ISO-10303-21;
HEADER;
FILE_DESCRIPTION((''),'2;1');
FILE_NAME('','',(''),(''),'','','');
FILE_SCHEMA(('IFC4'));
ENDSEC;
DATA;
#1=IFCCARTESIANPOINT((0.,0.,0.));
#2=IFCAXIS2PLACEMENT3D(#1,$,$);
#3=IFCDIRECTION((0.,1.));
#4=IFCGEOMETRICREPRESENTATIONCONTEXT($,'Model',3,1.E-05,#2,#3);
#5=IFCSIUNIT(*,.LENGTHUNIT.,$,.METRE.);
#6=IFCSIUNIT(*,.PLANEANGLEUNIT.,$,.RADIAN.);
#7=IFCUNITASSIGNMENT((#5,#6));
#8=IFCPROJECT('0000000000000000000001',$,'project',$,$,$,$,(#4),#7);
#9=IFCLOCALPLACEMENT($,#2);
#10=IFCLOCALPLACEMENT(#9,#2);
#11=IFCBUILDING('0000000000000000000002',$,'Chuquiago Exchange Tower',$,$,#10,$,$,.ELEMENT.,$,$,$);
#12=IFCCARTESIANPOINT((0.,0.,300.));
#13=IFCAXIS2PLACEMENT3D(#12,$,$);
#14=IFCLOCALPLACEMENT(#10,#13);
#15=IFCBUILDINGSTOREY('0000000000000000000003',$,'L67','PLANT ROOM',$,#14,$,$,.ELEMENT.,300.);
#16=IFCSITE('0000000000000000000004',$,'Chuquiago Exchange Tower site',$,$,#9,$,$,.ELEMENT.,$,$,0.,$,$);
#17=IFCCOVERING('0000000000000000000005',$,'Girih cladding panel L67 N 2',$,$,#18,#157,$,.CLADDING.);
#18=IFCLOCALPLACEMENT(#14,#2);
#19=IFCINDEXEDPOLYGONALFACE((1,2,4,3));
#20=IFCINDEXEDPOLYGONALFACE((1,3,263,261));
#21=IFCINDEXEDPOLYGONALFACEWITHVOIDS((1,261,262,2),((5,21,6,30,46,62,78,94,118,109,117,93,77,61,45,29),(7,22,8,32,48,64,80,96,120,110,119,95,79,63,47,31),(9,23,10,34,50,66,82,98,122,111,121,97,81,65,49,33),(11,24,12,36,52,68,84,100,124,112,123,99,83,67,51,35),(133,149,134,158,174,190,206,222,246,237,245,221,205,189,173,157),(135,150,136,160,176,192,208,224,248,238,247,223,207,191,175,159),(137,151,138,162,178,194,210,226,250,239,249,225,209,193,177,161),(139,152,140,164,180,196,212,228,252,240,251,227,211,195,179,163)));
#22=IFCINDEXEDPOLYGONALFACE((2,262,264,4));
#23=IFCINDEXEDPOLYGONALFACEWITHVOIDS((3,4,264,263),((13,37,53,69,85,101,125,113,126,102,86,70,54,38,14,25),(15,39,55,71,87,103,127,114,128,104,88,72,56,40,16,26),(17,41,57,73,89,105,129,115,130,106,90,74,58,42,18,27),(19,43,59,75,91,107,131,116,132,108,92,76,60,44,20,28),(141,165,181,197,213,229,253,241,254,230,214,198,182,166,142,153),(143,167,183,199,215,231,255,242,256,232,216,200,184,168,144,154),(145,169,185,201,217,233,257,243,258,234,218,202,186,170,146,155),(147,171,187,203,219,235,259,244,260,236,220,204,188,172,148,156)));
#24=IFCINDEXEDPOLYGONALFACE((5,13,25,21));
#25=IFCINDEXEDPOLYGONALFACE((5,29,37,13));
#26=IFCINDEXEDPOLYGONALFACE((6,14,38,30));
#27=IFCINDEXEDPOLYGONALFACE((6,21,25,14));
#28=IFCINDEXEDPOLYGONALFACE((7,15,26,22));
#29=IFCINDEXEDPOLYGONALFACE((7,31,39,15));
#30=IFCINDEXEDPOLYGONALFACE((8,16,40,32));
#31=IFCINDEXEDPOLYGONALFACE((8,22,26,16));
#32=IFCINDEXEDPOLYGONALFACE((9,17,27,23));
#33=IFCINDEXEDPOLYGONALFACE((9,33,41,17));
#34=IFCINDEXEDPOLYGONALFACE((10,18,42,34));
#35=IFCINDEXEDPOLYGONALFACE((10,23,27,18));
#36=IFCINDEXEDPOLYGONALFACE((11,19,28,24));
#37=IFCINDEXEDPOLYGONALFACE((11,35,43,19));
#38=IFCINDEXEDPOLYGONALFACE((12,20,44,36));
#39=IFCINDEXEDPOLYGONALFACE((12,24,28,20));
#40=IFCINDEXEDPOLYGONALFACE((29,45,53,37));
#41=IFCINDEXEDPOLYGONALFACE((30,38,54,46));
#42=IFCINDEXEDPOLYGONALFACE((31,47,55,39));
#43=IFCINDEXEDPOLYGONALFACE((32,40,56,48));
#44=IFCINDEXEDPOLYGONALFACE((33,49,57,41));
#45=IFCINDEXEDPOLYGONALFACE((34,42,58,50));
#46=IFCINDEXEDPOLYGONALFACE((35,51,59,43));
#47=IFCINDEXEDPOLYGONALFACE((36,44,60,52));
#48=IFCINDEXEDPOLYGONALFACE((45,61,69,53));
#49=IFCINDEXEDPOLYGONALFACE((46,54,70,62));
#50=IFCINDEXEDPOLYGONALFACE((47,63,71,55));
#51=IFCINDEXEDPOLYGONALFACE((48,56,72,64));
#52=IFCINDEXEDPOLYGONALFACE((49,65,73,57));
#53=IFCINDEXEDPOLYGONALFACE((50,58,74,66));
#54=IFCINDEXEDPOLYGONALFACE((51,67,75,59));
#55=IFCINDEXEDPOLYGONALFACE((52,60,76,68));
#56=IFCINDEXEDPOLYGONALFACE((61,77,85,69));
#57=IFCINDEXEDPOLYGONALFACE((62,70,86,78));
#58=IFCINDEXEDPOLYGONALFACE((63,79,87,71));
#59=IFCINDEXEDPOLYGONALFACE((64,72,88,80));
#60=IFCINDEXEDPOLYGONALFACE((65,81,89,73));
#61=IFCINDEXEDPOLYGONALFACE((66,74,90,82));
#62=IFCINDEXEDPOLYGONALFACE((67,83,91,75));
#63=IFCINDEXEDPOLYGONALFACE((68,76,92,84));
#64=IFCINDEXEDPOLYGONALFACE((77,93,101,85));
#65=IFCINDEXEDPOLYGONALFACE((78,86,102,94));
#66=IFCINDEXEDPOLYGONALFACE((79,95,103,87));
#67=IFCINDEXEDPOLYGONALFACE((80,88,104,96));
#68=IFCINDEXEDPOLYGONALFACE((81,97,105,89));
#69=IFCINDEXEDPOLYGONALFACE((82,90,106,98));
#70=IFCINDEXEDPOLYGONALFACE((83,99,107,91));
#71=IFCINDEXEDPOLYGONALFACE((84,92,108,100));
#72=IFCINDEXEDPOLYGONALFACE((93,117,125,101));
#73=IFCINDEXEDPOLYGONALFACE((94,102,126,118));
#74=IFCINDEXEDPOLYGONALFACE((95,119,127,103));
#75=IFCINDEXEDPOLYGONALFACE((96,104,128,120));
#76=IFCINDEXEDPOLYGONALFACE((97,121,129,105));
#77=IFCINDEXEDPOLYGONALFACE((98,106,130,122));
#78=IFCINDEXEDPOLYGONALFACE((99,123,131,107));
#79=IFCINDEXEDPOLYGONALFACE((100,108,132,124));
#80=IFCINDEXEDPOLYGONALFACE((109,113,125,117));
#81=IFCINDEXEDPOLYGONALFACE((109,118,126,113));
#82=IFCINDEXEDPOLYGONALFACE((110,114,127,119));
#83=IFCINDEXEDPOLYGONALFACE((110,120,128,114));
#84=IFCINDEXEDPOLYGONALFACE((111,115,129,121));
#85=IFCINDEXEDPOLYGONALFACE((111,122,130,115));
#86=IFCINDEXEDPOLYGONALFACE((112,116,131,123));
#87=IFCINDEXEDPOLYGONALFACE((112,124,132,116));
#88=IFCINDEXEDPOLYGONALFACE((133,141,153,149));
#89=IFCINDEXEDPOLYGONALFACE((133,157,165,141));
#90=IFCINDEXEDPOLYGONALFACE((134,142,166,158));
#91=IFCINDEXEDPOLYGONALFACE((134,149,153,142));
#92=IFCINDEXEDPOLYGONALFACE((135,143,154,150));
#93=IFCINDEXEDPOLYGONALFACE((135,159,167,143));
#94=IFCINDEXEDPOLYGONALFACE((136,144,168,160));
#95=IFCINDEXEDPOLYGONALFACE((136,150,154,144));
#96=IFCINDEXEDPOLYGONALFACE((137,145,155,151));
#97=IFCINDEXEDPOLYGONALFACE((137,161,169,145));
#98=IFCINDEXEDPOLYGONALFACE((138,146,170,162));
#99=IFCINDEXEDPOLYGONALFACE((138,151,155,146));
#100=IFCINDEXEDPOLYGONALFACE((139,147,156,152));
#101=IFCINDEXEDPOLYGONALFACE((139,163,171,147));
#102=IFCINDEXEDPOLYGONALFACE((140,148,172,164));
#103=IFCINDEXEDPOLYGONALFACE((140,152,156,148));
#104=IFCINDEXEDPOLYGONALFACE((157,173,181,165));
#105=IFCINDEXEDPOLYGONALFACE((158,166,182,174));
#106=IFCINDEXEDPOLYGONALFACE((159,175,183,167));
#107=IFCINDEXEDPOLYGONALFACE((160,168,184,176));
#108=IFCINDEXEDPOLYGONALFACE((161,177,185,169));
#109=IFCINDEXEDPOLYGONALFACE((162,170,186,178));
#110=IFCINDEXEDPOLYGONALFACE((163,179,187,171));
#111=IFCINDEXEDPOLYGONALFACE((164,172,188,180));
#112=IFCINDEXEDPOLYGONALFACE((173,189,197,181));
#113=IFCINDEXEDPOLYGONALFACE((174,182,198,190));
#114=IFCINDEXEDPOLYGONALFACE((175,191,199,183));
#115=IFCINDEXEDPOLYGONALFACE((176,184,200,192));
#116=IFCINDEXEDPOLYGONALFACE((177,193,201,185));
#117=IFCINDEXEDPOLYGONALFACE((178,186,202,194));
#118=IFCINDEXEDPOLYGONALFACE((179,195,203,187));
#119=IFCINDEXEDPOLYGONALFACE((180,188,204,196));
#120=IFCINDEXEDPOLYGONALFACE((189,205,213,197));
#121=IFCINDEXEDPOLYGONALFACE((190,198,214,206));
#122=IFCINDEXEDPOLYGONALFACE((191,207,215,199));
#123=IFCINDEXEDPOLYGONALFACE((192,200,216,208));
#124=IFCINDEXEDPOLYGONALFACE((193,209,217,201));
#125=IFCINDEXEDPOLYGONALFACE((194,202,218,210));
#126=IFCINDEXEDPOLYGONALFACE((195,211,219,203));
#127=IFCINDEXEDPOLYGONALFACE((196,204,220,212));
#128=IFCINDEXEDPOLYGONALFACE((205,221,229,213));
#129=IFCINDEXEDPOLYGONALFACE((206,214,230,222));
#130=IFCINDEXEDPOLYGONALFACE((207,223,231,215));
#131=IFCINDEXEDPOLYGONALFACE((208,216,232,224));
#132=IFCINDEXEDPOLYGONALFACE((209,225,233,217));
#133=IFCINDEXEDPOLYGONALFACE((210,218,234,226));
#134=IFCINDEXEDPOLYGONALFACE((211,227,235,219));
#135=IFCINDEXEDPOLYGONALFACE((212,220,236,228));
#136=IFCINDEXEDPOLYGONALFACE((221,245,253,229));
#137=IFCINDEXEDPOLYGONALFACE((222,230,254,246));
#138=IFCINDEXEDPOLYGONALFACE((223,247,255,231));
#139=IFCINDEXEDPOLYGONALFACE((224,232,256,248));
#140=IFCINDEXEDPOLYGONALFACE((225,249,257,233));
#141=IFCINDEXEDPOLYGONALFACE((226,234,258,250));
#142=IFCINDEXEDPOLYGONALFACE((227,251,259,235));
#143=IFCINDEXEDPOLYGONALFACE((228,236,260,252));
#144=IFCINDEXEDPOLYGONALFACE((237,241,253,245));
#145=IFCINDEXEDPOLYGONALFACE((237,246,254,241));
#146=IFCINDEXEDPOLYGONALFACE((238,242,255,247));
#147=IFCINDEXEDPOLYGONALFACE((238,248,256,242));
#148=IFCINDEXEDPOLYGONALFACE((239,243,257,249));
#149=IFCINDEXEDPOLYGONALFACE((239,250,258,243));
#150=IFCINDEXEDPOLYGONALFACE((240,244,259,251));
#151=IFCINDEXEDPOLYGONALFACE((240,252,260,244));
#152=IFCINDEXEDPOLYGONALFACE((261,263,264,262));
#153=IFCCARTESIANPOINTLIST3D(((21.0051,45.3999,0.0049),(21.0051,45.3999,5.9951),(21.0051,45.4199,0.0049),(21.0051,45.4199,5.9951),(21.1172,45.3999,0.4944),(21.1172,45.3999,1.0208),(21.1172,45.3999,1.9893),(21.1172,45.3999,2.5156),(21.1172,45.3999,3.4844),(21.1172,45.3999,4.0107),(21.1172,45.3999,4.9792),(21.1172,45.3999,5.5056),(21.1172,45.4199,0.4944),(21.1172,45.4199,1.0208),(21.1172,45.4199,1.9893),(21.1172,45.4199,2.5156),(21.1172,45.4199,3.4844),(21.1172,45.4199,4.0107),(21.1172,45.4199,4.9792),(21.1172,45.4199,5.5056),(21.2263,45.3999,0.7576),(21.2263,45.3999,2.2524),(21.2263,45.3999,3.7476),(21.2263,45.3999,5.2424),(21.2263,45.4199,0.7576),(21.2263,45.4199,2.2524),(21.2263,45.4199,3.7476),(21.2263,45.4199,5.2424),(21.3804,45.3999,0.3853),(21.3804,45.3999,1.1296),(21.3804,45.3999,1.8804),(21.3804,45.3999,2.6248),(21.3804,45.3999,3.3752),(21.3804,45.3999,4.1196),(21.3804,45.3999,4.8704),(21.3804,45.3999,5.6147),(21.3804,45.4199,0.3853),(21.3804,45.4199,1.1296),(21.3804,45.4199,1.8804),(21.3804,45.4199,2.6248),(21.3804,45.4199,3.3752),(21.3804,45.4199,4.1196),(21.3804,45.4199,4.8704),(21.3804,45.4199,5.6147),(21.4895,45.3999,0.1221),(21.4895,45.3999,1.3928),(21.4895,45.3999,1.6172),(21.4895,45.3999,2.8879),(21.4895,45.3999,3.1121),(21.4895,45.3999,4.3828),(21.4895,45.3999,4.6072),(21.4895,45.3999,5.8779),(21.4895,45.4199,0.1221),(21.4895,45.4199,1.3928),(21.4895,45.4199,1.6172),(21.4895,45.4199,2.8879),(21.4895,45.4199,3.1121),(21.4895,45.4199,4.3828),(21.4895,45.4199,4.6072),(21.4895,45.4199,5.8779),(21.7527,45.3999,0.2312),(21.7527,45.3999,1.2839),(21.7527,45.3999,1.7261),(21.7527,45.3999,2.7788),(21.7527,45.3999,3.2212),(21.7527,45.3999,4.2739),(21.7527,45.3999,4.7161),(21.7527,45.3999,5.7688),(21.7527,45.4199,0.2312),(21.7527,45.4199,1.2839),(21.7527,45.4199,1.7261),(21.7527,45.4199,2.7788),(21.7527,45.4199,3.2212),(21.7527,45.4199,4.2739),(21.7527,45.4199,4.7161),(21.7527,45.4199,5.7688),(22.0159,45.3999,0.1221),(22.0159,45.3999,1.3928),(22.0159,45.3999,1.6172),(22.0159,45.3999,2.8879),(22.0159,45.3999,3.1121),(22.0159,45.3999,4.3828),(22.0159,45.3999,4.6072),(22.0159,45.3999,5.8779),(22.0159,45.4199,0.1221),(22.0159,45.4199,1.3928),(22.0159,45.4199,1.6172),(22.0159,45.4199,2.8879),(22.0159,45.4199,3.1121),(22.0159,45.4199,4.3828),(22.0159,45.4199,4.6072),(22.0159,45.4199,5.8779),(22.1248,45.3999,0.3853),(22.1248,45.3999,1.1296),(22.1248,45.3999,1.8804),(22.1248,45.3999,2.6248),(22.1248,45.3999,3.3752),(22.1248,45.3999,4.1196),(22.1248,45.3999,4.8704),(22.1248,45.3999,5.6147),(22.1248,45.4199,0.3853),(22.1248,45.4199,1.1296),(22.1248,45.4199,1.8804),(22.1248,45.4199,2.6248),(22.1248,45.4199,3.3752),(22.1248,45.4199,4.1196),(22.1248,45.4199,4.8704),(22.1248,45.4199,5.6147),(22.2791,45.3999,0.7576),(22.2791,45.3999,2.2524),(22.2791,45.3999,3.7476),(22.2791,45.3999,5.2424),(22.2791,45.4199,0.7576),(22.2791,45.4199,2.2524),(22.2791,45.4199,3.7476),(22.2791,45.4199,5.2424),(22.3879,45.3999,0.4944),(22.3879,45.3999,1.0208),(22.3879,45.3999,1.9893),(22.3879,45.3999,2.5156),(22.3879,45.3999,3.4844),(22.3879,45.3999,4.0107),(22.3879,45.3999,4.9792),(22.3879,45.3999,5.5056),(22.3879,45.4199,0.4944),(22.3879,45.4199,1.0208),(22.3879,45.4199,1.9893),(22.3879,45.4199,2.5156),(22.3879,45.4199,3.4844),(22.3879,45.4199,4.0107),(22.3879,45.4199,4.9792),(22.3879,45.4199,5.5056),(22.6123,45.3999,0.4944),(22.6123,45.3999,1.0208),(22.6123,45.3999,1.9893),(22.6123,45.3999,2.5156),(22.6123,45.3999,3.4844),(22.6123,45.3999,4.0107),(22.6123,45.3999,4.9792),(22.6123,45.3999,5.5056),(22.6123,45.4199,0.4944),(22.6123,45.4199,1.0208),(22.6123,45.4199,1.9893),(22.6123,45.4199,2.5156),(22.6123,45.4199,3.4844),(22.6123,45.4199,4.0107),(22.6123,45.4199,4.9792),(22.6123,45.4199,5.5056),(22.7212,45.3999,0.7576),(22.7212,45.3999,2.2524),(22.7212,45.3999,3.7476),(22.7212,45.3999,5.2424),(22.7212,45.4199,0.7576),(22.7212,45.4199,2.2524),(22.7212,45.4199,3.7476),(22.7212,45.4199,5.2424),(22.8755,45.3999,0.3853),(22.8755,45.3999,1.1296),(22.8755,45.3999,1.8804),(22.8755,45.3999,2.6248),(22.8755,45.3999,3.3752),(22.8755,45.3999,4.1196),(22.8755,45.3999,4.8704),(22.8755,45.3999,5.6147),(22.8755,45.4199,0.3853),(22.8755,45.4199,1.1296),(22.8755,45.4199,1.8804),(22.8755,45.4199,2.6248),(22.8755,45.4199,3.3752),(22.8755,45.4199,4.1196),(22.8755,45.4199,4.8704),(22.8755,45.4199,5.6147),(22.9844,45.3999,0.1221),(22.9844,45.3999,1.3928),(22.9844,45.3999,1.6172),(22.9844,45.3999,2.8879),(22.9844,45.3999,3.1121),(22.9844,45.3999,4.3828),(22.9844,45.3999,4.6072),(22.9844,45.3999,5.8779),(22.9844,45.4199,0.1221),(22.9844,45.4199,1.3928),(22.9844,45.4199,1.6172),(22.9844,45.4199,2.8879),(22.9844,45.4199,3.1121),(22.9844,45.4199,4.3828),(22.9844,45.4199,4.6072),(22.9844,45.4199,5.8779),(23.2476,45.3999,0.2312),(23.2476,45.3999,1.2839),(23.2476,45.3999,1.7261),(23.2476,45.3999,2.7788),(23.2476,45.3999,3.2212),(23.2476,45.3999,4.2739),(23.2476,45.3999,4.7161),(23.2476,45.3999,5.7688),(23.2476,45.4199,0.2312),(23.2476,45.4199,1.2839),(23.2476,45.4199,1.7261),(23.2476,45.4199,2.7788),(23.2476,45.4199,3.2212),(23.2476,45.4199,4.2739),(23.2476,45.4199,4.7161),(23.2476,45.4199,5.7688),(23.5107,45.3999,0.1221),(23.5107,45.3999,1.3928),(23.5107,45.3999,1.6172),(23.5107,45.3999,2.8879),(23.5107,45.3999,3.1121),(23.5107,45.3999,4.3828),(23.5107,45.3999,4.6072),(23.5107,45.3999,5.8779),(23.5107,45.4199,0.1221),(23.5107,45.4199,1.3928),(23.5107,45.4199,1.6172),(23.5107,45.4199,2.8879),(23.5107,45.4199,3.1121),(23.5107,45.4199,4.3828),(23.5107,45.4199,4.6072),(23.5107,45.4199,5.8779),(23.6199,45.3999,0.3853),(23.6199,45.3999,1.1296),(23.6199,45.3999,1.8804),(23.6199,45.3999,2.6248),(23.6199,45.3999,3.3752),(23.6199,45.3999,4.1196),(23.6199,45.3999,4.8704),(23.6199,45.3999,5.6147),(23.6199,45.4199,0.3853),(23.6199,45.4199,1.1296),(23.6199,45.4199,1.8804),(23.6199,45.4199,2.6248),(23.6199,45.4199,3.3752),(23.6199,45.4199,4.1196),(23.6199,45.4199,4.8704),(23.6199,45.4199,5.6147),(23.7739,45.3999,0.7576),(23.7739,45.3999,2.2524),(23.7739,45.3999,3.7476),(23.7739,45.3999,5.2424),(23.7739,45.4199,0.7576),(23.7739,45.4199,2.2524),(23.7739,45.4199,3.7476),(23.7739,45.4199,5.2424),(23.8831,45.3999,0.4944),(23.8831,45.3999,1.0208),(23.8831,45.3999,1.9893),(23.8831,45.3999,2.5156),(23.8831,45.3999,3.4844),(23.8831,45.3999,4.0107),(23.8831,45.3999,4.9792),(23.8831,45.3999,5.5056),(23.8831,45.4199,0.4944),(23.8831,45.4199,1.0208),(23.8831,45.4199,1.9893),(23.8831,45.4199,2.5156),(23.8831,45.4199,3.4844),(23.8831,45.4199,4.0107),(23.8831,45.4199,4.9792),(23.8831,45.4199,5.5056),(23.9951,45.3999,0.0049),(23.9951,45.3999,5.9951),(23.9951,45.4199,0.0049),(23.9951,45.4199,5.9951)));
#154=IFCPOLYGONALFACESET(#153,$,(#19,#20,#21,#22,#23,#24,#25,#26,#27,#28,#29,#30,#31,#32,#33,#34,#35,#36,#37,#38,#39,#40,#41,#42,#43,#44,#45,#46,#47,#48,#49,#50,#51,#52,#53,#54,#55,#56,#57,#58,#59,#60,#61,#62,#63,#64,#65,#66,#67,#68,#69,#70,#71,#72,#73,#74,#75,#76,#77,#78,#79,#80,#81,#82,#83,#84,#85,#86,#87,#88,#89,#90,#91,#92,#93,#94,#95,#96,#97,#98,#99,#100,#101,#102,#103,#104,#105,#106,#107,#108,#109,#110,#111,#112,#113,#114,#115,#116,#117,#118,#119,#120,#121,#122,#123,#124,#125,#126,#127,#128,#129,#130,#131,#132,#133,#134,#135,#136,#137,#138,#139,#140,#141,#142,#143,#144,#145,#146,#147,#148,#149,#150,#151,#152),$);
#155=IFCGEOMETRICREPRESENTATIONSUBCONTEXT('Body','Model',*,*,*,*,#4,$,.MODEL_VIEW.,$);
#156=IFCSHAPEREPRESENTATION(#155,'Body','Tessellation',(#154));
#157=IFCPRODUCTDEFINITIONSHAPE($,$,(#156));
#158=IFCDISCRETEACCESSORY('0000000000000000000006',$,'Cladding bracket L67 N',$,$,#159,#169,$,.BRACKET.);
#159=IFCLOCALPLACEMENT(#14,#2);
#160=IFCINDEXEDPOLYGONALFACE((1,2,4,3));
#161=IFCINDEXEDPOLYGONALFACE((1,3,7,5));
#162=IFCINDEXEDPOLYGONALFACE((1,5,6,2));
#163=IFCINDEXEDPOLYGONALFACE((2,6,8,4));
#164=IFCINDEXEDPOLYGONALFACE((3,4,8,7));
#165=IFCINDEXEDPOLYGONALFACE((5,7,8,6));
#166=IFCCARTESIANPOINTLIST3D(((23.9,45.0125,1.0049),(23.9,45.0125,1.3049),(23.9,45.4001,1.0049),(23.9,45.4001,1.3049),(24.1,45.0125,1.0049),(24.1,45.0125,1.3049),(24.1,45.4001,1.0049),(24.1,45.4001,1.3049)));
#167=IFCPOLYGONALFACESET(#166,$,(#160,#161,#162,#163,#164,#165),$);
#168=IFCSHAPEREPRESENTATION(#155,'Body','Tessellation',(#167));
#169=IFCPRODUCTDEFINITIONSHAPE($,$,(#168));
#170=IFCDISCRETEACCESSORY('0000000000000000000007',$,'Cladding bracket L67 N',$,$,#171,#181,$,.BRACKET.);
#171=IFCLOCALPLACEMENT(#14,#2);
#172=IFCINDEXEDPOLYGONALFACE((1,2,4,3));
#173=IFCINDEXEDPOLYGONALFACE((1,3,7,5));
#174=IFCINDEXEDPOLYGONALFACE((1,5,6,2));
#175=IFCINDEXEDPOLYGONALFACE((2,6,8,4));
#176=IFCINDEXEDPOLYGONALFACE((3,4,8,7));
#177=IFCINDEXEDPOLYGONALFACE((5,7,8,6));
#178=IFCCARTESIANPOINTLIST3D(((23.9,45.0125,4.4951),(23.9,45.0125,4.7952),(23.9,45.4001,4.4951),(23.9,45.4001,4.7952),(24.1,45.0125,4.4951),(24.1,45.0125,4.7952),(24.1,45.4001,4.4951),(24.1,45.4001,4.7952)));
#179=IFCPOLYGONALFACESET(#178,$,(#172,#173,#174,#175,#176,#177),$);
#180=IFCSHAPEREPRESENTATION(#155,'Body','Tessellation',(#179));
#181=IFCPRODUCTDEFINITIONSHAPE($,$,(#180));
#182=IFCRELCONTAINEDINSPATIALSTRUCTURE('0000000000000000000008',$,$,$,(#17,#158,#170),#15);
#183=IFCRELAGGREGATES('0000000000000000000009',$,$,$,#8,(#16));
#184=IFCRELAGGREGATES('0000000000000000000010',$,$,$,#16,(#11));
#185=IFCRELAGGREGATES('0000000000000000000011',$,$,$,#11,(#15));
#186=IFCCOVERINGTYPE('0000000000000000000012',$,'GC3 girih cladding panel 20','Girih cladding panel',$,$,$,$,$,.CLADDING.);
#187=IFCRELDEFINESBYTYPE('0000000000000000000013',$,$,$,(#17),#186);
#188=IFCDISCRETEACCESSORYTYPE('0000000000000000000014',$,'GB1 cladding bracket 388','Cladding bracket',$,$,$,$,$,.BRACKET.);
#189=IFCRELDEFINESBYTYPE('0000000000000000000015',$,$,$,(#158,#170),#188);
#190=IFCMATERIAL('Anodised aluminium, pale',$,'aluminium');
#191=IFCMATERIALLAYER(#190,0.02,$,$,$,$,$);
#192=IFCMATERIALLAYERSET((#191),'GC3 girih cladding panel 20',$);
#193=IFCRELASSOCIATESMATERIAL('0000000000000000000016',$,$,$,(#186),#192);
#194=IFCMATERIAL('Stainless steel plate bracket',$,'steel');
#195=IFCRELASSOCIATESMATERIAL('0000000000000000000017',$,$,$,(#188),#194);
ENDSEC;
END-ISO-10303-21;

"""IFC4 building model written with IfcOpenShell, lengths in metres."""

from ifc_helpers import new_model, si_unit, direction, frame, origin, origin_2d, place, context, subcontext, project, spatial, polyline, rectangle, outline, extrude, material, layer, layer_set, type_object, element, save


model = new_model("IFC4")

# Units and contexts
model_context = context("Model", 3, precision=1e-05, world=origin(), true_north=direction((0.0, 1.0)))
body_context = subcontext(model_context, "Body", "Model", "MODEL_VIEW")
ifc_project = project(units=[si_unit("LENGTHUNIT", "METRE"), si_unit("PLANEANGLEUNIT", "RADIAN")], contexts=[model_context])

# Site, building, storey
site_placement = place(None, origin())
site = spatial("IfcSite", under=ifc_project, at=site_placement, Name="Chuquiago Exchange Tower site", CompositionType="ELEMENT", RefElevation=0.0)
building_placement = place(site_placement, origin())
building = spatial("IfcBuilding", under=site, at=building_placement, Name="Chuquiago Exchange Tower", CompositionType="ELEMENT")
storey_placement = place(building_placement, frame((0.0, 0.0, 300.0)))
storey = spatial("IfcBuildingStorey", under=building, at=storey_placement, Name="L67", Description="PLANT ROOM", CompositionType="ELEMENT", Elevation=300.0)

# Covering
ifc_material_1 = material(Name="Anodised aluminium, pale", Category="aluminium")
ifc_layer_1 = layer(ifc_material_1, 0.02)
ifc_layer_set_1 = layer_set([ifc_layer_1], Name="GC3 girih cladding panel 20")
covering_type_1 = type_object("IfcCoveringType", Name="GC3 girih cladding panel 20", Description="Girih cladding panel", PredefinedType="CLADDING", material=ifc_layer_set_1)
covering_1_placement = place(storey_placement, frame((23.9951, 45.3999, 0.0049), z_axis=(0.0, 0.0, 1.0), x_axis=(-1.0, 0.0, 0.0)))
element("IfcCovering", 1, at=covering_1_placement, inside=storey, type_object=covering_type_1, Name="Girih cladding panel L67 N 2", PredefinedType="CLADDING", context=body_context, shape_type="SweptSolid", body=[
    extrude(outline(polyline([(0.0, 0.0), (2.99, 0.0), (2.99, 5.9902), (0.0, 5.9902), (0.0, 0.0)]), holes=[polyline([(1.2739, 0.7527), (1.3828, 1.0159), (1.1196, 1.1248), (1.0107, 1.3879), (0.7476, 1.2791), (0.4844, 1.3879), (0.3752, 1.1248), (0.1121, 1.0159), (0.2212, 0.7527), (0.1121, 0.4895), (0.3752, 0.3804), (0.4844, 0.1172), (0.7476, 0.2263), (1.0107, 0.1172), (1.1196, 0.3804), (1.3828, 0.4895), (1.2739, 0.7527)]), polyline([(2.7688, 0.7527), (2.8779, 1.0159), (2.6147, 1.1248), (2.5056, 1.3879), (2.2424, 1.2791), (1.9792, 1.3879), (1.8704, 1.1248), (1.6072, 1.0159), (1.7161, 0.7527), (1.6072, 0.4895), (1.8704, 0.3804), (1.9792, 0.1172), (2.2424, 0.2263), (2.5056, 0.1172), (2.6147, 0.3804), (2.8779, 0.4895), (2.7688, 0.7527)]), polyline([(1.2739, 2.2476), (1.3828, 2.5107), (1.1196, 2.6199), (1.0107, 2.8831), (0.7476, 2.7739), (0.4844, 2.8831), (0.3752, 2.6199), (0.1121, 2.5107), (0.2212, 2.2476), (0.1121, 1.9844), (0.3752, 1.8755), (0.4844, 1.6123), (0.7476, 1.7212), (1.0107, 1.6123), (1.1196, 1.8755), (1.3828, 1.9844), (1.2739, 2.2476)]), polyline([(2.7688, 2.2476), (2.8779, 2.5107), (2.6147, 2.6199), (2.5056, 2.8831), (2.2424, 2.7739), (1.9792, 2.8831), (1.8704, 2.6199), (1.6072, 2.5107), (1.7161, 2.2476), (1.6072, 1.9844), (1.8704, 1.8755), (1.9792, 1.6123), (2.2424, 1.7212), (2.5056, 1.6123), (2.6147, 1.8755), (2.8779, 1.9844), (2.7688, 2.2476)]), polyline([(1.2739, 3.7427), (1.3828, 4.0059), (1.1196, 4.1147), (1.0107, 4.3779), (0.7476, 4.269), (0.4844, 4.3779), (0.3752, 4.1147), (0.1121, 4.0059), (0.2212, 3.7427), (0.1121, 3.4795), (0.3752, 3.3704), (0.4844, 3.1072), (0.7476, 3.2163), (1.0107, 3.1072), (1.1196, 3.3704), (1.3828, 3.4795), (1.2739, 3.7427)]), polyline([(2.7688, 3.7427), (2.8779, 4.0059), (2.6147, 4.1147), (2.5056, 4.3779), (2.2424, 4.269), (1.9792, 4.3779), (1.8704, 4.1147), (1.6072, 4.0059), (1.7161, 3.7427), (1.6072, 3.4795), (1.8704, 3.3704), (1.9792, 3.1072), (2.2424, 3.2163), (2.5056, 3.1072), (2.6147, 3.3704), (2.8779, 3.4795), (2.7688, 3.7427)]), polyline([(1.2739, 5.2375), (1.3828, 5.5007), (1.1196, 5.6099), (1.0107, 5.873), (0.7476, 5.7639), (0.4844, 5.873), (0.3752, 5.6099), (0.1121, 5.5007), (0.2212, 5.2375), (0.1121, 4.9744), (0.3752, 4.8655), (0.4844, 4.6023), (0.7476, 4.7112), (1.0107, 4.6023), (1.1196, 4.8655), (1.3828, 4.9744), (1.2739, 5.2375)]), polyline([(2.7688, 5.2375), (2.8779, 5.5007), (2.6147, 5.6099), (2.5056, 5.873), (2.2424, 5.7639), (1.9792, 5.873), (1.8704, 5.6099), (1.6072, 5.5007), (1.7161, 5.2375), (1.6072, 4.9744), (1.8704, 4.8655), (1.9792, 4.6023), (2.2424, 4.7112), (2.5056, 4.6023), (2.6147, 4.8655), (2.8779, 4.9744), (2.7688, 5.2375)])]), frame((0.0, 0.0, 0.0), z_axis=(0.0, -1.0, 0.0), x_axis=(1.0, 0.0, 0.0)), (0.0, 0.0, 1.0), 0.02),
])

# Discrete accessories
ifc_material_2 = material(Name="Stainless steel plate bracket", Category="steel")
discrete_accessory_type_1 = type_object("IfcDiscreteAccessoryType", Name="GB1 cladding bracket 388", Description="Cladding bracket", PredefinedType="BRACKET", material=ifc_material_2)
for number, where, z_axis, x_axis, name in (
    (2, (24.0, 45.2063, 1.0049), (0.0, 0.0, 1.0), (-1.0, 0.0, 0.0), "Cladding bracket L67 N"),
    (3, (24.0, 45.2063, 4.4951), (0.0, 0.0, 1.0), (-1.0, 0.0, 0.0), "Cladding bracket L67 N"),
):
    element("IfcDiscreteAccessory", number, at=place(storey_placement, frame(where, z_axis=z_axis, x_axis=x_axis)), inside=storey, type_object=discrete_accessory_type_1, Name=name, PredefinedType="BRACKET", context=body_context, shape_type="SweptSolid", body=[
        extrude(rectangle(XDim=0.2, YDim=0.3877, at=origin_2d()), origin(), (0.0, 0.0, 1.0), 0.3),
    ])

save(model, "model.ifc")
